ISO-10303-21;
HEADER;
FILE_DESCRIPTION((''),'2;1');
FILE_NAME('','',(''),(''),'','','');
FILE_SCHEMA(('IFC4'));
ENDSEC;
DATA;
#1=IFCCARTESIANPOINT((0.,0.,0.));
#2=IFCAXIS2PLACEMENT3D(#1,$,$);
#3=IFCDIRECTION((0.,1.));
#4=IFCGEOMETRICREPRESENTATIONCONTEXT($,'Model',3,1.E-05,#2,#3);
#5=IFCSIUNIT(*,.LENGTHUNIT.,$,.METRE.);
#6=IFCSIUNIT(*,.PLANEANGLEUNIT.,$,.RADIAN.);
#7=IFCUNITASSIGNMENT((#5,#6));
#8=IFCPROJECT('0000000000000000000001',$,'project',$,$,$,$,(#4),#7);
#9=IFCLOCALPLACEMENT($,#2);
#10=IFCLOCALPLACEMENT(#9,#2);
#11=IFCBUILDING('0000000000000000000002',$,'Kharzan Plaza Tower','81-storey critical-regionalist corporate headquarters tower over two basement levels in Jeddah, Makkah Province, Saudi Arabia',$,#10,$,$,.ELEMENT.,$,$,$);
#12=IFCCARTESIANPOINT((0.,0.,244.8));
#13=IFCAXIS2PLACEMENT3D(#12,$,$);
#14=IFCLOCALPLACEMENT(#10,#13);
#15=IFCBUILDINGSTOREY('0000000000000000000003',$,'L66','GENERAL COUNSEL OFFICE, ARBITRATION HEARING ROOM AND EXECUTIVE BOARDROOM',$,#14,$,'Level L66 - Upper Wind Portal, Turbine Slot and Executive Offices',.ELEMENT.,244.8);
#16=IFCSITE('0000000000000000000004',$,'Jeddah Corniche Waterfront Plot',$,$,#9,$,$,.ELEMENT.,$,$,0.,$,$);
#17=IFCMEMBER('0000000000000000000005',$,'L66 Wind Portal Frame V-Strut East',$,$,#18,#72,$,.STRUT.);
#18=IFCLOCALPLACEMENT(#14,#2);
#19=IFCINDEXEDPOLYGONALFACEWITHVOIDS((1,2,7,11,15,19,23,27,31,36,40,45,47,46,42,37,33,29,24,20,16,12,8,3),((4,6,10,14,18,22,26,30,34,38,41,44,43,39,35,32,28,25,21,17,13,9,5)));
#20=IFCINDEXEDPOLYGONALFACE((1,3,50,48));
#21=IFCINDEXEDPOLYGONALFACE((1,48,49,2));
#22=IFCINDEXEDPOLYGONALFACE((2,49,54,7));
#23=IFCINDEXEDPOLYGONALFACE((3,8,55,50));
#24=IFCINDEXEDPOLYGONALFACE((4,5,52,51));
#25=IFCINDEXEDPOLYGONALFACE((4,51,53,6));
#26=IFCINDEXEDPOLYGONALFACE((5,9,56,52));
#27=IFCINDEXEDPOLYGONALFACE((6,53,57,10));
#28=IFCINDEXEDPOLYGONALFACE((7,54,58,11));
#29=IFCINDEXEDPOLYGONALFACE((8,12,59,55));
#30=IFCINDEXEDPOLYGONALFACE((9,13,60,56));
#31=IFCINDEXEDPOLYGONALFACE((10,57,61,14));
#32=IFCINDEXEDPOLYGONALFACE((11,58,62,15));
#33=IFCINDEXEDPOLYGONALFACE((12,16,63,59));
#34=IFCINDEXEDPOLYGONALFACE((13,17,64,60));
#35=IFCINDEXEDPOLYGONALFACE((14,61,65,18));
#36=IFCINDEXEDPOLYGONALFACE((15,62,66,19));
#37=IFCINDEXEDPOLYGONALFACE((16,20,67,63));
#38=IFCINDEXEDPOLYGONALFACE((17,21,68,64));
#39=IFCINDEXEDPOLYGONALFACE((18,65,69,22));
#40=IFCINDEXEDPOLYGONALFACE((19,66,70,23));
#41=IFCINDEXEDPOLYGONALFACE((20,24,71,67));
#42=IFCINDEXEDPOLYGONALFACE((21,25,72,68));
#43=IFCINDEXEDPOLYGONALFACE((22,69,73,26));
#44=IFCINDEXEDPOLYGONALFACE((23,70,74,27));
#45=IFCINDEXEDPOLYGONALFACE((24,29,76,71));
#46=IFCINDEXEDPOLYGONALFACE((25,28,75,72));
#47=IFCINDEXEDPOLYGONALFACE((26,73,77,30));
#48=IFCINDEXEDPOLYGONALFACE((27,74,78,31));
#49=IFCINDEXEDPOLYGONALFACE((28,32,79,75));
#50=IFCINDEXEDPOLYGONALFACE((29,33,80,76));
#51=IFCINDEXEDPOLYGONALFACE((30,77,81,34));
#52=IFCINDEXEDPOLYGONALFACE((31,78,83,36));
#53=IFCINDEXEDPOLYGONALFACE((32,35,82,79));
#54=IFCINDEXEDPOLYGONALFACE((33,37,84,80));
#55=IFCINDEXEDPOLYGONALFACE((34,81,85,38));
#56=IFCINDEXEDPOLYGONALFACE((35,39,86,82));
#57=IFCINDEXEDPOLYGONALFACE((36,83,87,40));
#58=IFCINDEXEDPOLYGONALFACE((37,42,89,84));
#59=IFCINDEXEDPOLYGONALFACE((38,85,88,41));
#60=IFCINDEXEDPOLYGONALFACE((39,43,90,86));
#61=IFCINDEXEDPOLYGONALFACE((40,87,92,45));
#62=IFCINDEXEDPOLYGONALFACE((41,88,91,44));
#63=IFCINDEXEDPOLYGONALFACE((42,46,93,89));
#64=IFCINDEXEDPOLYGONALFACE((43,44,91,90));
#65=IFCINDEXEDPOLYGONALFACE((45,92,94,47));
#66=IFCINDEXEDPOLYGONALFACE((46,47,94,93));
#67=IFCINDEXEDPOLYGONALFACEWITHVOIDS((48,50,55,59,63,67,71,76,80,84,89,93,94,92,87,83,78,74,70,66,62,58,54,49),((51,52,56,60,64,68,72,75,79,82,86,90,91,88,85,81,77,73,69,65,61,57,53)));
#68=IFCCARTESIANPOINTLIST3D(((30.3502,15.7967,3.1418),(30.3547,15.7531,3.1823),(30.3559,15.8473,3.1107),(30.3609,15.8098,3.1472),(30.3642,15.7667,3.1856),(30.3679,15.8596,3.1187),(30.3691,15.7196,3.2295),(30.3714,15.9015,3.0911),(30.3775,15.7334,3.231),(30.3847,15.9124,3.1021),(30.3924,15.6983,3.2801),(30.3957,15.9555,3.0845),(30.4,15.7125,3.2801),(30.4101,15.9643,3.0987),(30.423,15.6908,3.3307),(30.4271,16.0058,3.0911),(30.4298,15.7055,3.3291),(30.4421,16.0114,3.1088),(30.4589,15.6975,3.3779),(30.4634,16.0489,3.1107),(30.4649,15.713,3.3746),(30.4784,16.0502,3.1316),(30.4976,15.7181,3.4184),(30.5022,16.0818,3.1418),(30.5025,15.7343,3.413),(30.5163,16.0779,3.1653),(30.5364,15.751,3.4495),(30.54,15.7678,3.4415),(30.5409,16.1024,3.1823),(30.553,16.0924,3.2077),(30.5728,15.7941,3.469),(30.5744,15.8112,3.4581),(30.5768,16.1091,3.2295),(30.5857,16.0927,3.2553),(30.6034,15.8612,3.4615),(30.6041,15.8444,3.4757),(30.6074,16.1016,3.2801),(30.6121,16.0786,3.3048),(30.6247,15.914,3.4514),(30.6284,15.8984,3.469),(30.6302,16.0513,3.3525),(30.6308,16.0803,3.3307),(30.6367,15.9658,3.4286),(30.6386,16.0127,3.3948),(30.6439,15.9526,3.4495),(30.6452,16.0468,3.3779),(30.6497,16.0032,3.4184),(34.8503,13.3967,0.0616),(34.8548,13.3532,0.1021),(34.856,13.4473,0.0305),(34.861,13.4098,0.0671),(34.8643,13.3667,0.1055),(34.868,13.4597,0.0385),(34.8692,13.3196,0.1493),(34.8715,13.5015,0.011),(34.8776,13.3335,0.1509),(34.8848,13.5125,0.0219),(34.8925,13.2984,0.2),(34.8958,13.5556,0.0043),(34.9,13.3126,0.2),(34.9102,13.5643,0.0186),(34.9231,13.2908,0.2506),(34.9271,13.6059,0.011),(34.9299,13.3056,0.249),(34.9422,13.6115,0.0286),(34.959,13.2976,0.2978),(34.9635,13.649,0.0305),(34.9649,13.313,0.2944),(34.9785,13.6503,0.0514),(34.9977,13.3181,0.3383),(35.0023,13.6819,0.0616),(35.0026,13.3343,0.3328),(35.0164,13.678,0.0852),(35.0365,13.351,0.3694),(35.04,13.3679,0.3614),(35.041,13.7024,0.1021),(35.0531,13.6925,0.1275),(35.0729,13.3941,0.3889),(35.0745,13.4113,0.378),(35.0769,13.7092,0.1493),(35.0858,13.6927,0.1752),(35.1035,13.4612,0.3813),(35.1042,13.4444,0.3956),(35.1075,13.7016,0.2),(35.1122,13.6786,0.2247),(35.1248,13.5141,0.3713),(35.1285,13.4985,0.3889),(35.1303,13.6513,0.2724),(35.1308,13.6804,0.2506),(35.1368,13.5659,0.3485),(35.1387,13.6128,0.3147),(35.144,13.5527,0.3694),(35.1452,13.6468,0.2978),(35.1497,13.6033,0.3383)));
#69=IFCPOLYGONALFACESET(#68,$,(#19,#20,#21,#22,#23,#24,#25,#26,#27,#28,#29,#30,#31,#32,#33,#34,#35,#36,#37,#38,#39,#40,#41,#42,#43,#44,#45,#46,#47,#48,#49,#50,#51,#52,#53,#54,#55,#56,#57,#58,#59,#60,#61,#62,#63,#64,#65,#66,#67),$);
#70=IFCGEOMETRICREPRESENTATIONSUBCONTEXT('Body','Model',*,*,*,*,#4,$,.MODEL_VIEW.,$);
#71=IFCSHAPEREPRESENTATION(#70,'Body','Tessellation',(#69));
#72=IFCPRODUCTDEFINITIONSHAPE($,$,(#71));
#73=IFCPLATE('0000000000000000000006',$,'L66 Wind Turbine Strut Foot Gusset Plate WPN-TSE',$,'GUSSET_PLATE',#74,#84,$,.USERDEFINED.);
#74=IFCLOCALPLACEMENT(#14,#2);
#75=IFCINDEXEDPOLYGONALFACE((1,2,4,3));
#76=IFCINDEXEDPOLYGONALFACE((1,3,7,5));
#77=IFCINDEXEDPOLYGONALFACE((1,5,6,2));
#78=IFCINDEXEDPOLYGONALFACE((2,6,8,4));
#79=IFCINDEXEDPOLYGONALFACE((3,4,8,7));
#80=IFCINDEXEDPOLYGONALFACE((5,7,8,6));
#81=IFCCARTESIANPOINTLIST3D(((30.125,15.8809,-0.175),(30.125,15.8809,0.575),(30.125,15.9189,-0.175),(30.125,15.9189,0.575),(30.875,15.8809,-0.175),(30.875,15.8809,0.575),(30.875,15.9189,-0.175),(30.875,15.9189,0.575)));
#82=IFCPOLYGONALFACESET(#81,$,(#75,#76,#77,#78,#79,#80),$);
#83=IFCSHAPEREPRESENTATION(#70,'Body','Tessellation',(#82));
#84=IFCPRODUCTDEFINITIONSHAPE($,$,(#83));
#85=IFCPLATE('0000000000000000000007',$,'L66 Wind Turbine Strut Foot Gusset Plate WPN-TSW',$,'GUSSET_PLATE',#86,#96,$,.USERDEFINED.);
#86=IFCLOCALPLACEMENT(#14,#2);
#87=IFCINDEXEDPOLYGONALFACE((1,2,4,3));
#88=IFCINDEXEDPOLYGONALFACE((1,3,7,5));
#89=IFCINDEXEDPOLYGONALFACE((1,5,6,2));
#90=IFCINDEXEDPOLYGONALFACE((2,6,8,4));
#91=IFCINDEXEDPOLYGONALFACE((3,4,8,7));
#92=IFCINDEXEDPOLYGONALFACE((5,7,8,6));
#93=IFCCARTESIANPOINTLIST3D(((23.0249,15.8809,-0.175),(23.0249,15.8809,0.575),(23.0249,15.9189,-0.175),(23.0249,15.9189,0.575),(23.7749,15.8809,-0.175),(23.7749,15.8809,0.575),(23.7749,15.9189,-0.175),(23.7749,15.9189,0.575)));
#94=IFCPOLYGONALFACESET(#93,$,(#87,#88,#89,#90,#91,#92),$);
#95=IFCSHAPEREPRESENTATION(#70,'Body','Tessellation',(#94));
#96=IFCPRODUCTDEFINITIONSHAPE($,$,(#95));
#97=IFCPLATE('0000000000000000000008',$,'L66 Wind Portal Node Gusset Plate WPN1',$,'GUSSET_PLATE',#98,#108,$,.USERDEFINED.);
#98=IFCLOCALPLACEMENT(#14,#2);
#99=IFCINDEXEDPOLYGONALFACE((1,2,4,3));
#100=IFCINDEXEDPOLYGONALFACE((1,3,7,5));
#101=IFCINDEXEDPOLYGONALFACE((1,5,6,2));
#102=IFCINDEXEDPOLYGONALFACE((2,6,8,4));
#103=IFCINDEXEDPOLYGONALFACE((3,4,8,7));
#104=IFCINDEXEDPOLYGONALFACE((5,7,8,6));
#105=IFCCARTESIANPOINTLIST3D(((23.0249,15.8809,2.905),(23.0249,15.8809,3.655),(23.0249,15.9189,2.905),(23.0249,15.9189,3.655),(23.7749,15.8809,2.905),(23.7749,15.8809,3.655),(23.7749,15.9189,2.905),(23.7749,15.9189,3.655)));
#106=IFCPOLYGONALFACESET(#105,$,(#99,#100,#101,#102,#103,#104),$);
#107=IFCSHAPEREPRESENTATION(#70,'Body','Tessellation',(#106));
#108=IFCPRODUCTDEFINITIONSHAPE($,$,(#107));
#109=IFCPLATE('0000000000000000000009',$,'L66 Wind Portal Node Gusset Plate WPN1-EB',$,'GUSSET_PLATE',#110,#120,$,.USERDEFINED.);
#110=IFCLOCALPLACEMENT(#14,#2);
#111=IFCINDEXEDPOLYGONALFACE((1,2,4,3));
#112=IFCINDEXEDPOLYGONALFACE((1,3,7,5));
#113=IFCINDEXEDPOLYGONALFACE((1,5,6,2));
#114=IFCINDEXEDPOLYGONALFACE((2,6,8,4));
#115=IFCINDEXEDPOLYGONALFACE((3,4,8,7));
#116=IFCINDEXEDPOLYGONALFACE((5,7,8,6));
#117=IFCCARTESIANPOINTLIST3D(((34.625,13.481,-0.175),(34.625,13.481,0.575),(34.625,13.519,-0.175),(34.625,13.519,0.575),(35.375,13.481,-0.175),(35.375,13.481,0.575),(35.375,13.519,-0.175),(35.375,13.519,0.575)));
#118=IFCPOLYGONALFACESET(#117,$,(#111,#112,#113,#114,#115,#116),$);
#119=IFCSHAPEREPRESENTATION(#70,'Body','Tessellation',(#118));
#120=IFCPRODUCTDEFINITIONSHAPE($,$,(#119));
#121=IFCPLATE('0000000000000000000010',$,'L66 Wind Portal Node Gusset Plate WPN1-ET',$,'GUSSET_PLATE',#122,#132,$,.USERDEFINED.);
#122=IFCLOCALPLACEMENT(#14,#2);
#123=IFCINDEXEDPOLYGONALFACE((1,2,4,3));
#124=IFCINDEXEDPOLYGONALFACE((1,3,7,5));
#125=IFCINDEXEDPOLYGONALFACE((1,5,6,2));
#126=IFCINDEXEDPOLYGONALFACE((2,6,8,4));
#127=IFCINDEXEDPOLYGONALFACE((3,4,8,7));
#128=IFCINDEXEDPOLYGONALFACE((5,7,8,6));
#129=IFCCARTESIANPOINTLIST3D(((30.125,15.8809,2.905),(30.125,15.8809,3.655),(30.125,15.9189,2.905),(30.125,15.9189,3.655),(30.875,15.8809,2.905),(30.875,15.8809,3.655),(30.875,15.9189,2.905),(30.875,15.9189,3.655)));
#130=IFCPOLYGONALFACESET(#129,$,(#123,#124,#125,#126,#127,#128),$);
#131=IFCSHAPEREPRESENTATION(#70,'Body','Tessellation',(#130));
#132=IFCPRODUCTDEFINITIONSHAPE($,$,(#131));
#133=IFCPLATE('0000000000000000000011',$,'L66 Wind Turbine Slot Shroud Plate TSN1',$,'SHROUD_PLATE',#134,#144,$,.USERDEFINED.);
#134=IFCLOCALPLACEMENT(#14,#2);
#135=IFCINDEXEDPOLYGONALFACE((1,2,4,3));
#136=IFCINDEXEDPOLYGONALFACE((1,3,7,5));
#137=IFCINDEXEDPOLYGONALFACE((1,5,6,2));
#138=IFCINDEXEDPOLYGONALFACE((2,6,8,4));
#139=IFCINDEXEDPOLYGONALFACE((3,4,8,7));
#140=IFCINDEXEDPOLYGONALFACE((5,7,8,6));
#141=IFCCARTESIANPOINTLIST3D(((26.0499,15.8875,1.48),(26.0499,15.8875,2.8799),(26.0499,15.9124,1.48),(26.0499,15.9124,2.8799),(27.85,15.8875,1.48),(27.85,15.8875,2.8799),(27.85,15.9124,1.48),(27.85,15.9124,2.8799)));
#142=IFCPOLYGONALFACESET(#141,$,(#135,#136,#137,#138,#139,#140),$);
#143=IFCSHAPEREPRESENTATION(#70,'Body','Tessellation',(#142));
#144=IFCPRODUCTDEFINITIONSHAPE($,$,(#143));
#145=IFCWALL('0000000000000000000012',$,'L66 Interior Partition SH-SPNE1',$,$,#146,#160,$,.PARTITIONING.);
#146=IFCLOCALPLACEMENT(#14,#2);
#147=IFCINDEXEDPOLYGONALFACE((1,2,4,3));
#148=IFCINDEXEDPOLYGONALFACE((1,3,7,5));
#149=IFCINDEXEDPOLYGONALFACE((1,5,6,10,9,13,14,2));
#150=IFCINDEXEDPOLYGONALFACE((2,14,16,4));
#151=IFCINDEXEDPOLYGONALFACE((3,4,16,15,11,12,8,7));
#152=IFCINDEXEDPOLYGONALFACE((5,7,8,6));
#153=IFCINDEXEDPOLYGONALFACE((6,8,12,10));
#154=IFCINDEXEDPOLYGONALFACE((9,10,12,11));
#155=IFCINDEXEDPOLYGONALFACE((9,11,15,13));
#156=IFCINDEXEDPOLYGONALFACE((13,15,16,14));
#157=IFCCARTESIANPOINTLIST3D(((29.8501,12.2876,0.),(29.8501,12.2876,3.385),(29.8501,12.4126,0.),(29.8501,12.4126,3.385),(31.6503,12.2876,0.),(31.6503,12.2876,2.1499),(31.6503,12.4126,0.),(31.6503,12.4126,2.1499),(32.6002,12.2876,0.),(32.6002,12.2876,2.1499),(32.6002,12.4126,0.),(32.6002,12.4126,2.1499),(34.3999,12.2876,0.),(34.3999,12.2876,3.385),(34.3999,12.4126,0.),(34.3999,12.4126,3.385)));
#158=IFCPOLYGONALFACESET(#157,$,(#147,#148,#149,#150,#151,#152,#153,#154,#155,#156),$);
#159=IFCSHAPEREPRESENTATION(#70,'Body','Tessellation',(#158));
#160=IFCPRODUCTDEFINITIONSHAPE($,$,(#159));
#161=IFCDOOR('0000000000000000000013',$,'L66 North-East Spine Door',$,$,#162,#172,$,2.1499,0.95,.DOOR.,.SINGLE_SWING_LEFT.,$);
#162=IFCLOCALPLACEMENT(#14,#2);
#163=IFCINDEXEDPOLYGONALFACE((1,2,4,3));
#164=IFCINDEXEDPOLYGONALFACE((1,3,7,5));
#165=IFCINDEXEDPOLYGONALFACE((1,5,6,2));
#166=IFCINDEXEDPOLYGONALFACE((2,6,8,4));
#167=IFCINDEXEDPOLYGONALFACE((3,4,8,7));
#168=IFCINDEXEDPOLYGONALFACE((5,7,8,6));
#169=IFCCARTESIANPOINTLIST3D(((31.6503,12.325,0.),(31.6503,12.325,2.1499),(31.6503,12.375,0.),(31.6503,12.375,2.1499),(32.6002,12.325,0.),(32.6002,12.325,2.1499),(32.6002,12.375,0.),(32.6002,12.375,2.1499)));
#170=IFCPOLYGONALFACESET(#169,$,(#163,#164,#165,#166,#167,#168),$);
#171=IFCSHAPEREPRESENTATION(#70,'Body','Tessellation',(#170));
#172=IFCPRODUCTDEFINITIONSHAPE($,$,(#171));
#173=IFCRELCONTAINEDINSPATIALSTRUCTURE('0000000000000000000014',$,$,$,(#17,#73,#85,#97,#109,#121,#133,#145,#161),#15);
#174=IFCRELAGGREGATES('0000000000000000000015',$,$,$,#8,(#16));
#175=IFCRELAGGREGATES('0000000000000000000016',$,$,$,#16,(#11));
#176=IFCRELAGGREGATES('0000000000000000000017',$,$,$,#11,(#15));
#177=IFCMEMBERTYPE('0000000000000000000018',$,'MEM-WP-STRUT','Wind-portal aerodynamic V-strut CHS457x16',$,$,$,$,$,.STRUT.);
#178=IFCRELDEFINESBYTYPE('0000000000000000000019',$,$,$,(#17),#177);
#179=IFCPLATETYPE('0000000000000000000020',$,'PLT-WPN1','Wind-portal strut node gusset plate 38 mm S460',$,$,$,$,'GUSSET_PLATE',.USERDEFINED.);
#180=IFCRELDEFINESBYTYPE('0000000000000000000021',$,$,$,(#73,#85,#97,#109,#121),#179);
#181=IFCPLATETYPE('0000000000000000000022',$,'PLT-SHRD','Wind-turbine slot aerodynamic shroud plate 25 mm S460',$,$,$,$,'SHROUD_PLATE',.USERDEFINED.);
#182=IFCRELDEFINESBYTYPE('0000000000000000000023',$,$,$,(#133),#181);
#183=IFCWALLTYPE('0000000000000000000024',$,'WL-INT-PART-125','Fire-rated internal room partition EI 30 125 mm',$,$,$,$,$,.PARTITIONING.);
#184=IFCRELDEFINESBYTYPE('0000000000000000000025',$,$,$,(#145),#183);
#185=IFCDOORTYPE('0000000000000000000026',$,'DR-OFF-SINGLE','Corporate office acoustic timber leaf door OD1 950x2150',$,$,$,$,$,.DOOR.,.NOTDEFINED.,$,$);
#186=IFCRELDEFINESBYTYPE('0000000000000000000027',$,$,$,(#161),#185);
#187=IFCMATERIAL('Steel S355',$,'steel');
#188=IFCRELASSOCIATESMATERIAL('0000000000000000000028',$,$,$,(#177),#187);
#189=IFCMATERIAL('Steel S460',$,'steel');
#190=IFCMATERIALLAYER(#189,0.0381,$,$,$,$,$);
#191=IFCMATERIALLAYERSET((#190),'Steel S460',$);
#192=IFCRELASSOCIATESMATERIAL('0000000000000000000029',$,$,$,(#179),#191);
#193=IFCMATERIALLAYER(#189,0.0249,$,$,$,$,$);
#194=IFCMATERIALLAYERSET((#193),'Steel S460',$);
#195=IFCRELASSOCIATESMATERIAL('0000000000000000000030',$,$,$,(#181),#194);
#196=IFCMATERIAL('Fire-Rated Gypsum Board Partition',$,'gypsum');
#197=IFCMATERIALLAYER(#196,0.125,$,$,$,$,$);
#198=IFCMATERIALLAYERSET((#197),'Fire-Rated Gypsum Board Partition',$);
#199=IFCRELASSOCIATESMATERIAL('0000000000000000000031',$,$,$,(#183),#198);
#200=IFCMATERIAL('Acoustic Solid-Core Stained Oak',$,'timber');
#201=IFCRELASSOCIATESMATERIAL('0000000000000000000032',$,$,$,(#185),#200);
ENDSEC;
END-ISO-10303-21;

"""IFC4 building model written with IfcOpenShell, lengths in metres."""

from ifc_helpers import new_model, si_unit, direction, frame, frame_2d, origin, origin_2d, place, context, subcontext, project, spatial, rectangle, hollow_circle, extrude, source, transform, mapped, material, layer, layer_set, material_profile, profile_set, type_object, element, fill, save


model = new_model("IFC4")

# Units and contexts
model_context = context("Model", 3, precision=1e-05, world=origin(), true_north=direction((0.0, 1.0)))
body_context = subcontext(model_context, "Body", "Model", "MODEL_VIEW")
ifc_project = project(units=[si_unit("LENGTHUNIT", "METRE"), si_unit("PLANEANGLEUNIT", "RADIAN")], contexts=[model_context])

# Site, building, storey
site_placement = place(None, origin())
site = spatial("IfcSite", under=ifc_project, at=site_placement, Name="Jeddah Corniche Waterfront Plot", CompositionType="ELEMENT", RefElevation=0.0)
building_placement = place(site_placement, origin())
building = spatial("IfcBuilding", under=site, at=building_placement, Name="Kharzan Plaza Tower", Description="81-storey critical-regionalist corporate headquarters tower over two basement levels in Jeddah, Makkah Province, Saudi Arabia", CompositionType="ELEMENT")
storey_placement = place(building_placement, frame((0.0, 0.0, 244.8)))
storey = spatial("IfcBuildingStorey", under=building, at=storey_placement, Name="L66", Description="GENERAL COUNSEL OFFICE, ARBITRATION HEARING ROOM AND EXECUTIVE BOARDROOM", LongName="Level L66 - Upper Wind Portal, Turbine Slot and Executive Offices", CompositionType="ELEMENT", Elevation=244.8)

# Shared definitions
ifc_material_1 = material(Name="Steel S355", Category="steel")

# Member
ifc_material_profile_1 = material_profile(ifc_material_1, hollow_circle(Radius=0.2285, WallThickness=0.0161, at=origin_2d()), Name="CHS457x16")
ifc_profile_set_1 = profile_set([ifc_material_profile_1], Name="Steel S355")
member_type_1 = type_object("IfcMemberType", Name="MEM-WP-STRUT", Description="Wind-portal aerodynamic V-strut CHS457x16", PredefinedType="STRUT", material=ifc_profile_set_1)
shared_shape_1 = source(origin(), body_context, "Body", "SweptSolid", [
    extrude(hollow_circle(Radius=0.2285, WallThickness=0.0161, at=origin_2d()), origin(), (0.0, 0.0, 1.0), 5.958),
])
member_1_placement = place(storey_placement, frame((35.0, 13.5, 0.2), z_axis=(-0.755301, 0.402811, 0.516975), x_axis=(-0.470573, -0.882361, 0.0)))
element("IfcMember", 1, at=member_1_placement, inside=storey, type_object=member_type_1, Name="L66 Wind Portal Frame V-Strut East", PredefinedType="STRUT", context=body_context, shape_type="MappedRepresentation", body=[
    mapped(shared_shape_1, transform((0.0, 0.0, 0.0), x_axis=(1.0, 0.0, 0.0), y_axis=(0.0, 1.0, 0.0), z_axis=(0.0, 0.0, 1.0))),
])

# Plates
ifc_material_2 = material(Name="Steel S460", Category="steel")
ifc_layer_1 = layer(ifc_material_2, 0.0381)
ifc_layer_set_1 = layer_set([ifc_layer_1], Name="Steel S460")
plate_type_1 = type_object("IfcPlateType", Name="PLT-WPN1", Description="Wind-portal strut node gusset plate 38 mm S460", ElementType="GUSSET_PLATE", PredefinedType="USERDEFINED", material=ifc_layer_set_1)
shared_shape_2 = source(origin(), body_context, "Body", "SweptSolid", [
    extrude(rectangle(XDim=0.75, YDim=0.0381, at=origin_2d()), origin(), (0.0, 0.0, 1.0), 0.75),
])
for number, where, z_axis, x_axis, name in (
    (2, (30.5, 15.8999, -0.175), (0.0, 0.0, 1.0), (1.0, 0.0, 0.0), "L66 Wind Turbine Strut Foot Gusset Plate WPN-TSE"),
    (3, (23.3999, 15.8999, -0.175), (0.0, 0.0, 1.0), (1.0, 0.0, 0.0), "L66 Wind Turbine Strut Foot Gusset Plate WPN-TSW"),
    (4, (23.3999, 15.8999, 2.905), (0.0, 0.0, 1.0), (1.0, 0.0, 0.0), "L66 Wind Portal Node Gusset Plate WPN1"),
    (5, (35.0, 13.5, -0.175), (0.0, 0.0, 1.0), (1.0, 0.0, 0.0), "L66 Wind Portal Node Gusset Plate WPN1-EB"),
    (6, (30.5, 15.8999, 2.905), (0.0, 0.0, 1.0), (1.0, 0.0, 0.0), "L66 Wind Portal Node Gusset Plate WPN1-ET"),
):
    element("IfcPlate", number, at=place(storey_placement, frame(where, z_axis=z_axis, x_axis=x_axis)), inside=storey, type_object=plate_type_1, Name=name, ObjectType="GUSSET_PLATE", PredefinedType="USERDEFINED", context=body_context, shape_type="MappedRepresentation", body=[
        mapped(shared_shape_2, transform((0.0, 0.0, 0.0), x_axis=(1.0, 0.0, 0.0), y_axis=(0.0, 1.0, 0.0), z_axis=(0.0, 0.0, 1.0))),
    ])
ifc_layer_2 = layer(ifc_material_2, 0.0249)
ifc_layer_set_2 = layer_set([ifc_layer_2], Name="Steel S460")
plate_type_2 = type_object("IfcPlateType", Name="PLT-SHRD", Description="Wind-turbine slot aerodynamic shroud plate 25 mm S460", ElementType="SHROUD_PLATE", PredefinedType="USERDEFINED", material=ifc_layer_set_2)
shared_shape_3 = source(origin(), body_context, "Body", "SweptSolid", [
    extrude(rectangle(XDim=1.8, YDim=0.0249, at=origin_2d()), origin(), (0.0, 0.0, 1.0), 1.3999),
])
plate_placement = place(storey_placement, frame((26.95, 15.8999, 1.48), z_axis=(0.0, 0.0, 1.0), x_axis=(1.0, 0.0, 0.0)))
element("IfcPlate", 7, at=plate_placement, inside=storey, type_object=plate_type_2, Name="L66 Wind Turbine Slot Shroud Plate TSN1", ObjectType="SHROUD_PLATE", PredefinedType="USERDEFINED", context=body_context, shape_type="MappedRepresentation", body=[
    mapped(shared_shape_3, transform((0.0, 0.0, 0.0), x_axis=(1.0, 0.0, 0.0), y_axis=(0.0, 1.0, 0.0), z_axis=(0.0, 0.0, 1.0))),
])

# Wall, opening, door
ifc_material_3 = material(Name="Fire-Rated Gypsum Board Partition", Category="gypsum")
ifc_layer_3 = layer(ifc_material_3, 0.125)
ifc_layer_set_3 = layer_set([ifc_layer_3], Name="Fire-Rated Gypsum Board Partition")
wall_type_1 = type_object("IfcWallType", Name="WL-INT-PART-125", Description="Fire-rated internal room partition EI 30 125 mm", PredefinedType="PARTITIONING", material=ifc_layer_set_3)
wall_1_placement = place(storey_placement, frame((29.8501, 12.3501, 0.0), z_axis=(0.0, 0.0, 1.0), x_axis=(1.0, 0.0, 0.0)))
wall_1 = element("IfcWall", 8, at=wall_1_placement, inside=storey, type_object=wall_type_1, Name="L66 Interior Partition SH-SPNE1", PredefinedType="PARTITIONING", context=body_context, shape_type="SweptSolid", body=[
    extrude(rectangle(XDim=4.5498, YDim=0.125, at=frame_2d((2.2749, 0.0))), origin(), (0.0, 0.0, 1.0), 3.385),
])
opening_1_placement = place(wall_1_placement, frame((1.8, 0.0, 0.0)))
opening_1 = element("IfcOpeningElement", 9, at=opening_1_placement, cuts=wall_1, PredefinedType="OPENING", context=body_context, shape_type="SweptSolid", body=[
    extrude(rectangle(XDim=0.95, YDim=2.1499, at=frame_2d((0.4751, 1.075))), frame((0.0, 0.0725, 0.0), z_axis=(0.0, -1.0, 0.0), x_axis=(1.0, 0.0, 0.0)), (0.0, 0.0, 1.0), 0.145),
])
ifc_material_4 = material(Name="Acoustic Solid-Core Stained Oak", Category="timber")
door_type = type_object("IfcDoorType", Name="DR-OFF-SINGLE", Description="Corporate office acoustic timber leaf door OD1 950x2150", OperationType="NOTDEFINED", PredefinedType="DOOR", material=ifc_material_4)
shared_shape_4 = source(origin(), body_context, "Body", "SweptSolid", [
    extrude(rectangle(XDim=0.95, YDim=2.1499, at=frame_2d((0.4751, 1.075))), frame((0.0, 0.0249, 0.0), z_axis=(0.0, -1.0, 0.0), x_axis=(1.0, 0.0, 0.0)), (0.0, 0.0, 1.0), 0.05),
])
door_1_placement = place(opening_1_placement, origin())
door_1 = element("IfcDoor", 10, at=door_1_placement, inside=storey, type_object=door_type, Name="L66 North-East Spine Door", OperationType="SINGLE_SWING_LEFT", OverallHeight=2.1499, OverallWidth=0.95, PredefinedType="DOOR", context=body_context, shape_type="MappedRepresentation", body=[
    mapped(shared_shape_4, transform((0.0, 0.0, 0.0), x_axis=(1.0, 0.0, 0.0), y_axis=(0.0, 1.0, 0.0), z_axis=(0.0, 0.0, 1.0))),
])
fill(opening_1, door_1)

save(model, "model.ifc")
